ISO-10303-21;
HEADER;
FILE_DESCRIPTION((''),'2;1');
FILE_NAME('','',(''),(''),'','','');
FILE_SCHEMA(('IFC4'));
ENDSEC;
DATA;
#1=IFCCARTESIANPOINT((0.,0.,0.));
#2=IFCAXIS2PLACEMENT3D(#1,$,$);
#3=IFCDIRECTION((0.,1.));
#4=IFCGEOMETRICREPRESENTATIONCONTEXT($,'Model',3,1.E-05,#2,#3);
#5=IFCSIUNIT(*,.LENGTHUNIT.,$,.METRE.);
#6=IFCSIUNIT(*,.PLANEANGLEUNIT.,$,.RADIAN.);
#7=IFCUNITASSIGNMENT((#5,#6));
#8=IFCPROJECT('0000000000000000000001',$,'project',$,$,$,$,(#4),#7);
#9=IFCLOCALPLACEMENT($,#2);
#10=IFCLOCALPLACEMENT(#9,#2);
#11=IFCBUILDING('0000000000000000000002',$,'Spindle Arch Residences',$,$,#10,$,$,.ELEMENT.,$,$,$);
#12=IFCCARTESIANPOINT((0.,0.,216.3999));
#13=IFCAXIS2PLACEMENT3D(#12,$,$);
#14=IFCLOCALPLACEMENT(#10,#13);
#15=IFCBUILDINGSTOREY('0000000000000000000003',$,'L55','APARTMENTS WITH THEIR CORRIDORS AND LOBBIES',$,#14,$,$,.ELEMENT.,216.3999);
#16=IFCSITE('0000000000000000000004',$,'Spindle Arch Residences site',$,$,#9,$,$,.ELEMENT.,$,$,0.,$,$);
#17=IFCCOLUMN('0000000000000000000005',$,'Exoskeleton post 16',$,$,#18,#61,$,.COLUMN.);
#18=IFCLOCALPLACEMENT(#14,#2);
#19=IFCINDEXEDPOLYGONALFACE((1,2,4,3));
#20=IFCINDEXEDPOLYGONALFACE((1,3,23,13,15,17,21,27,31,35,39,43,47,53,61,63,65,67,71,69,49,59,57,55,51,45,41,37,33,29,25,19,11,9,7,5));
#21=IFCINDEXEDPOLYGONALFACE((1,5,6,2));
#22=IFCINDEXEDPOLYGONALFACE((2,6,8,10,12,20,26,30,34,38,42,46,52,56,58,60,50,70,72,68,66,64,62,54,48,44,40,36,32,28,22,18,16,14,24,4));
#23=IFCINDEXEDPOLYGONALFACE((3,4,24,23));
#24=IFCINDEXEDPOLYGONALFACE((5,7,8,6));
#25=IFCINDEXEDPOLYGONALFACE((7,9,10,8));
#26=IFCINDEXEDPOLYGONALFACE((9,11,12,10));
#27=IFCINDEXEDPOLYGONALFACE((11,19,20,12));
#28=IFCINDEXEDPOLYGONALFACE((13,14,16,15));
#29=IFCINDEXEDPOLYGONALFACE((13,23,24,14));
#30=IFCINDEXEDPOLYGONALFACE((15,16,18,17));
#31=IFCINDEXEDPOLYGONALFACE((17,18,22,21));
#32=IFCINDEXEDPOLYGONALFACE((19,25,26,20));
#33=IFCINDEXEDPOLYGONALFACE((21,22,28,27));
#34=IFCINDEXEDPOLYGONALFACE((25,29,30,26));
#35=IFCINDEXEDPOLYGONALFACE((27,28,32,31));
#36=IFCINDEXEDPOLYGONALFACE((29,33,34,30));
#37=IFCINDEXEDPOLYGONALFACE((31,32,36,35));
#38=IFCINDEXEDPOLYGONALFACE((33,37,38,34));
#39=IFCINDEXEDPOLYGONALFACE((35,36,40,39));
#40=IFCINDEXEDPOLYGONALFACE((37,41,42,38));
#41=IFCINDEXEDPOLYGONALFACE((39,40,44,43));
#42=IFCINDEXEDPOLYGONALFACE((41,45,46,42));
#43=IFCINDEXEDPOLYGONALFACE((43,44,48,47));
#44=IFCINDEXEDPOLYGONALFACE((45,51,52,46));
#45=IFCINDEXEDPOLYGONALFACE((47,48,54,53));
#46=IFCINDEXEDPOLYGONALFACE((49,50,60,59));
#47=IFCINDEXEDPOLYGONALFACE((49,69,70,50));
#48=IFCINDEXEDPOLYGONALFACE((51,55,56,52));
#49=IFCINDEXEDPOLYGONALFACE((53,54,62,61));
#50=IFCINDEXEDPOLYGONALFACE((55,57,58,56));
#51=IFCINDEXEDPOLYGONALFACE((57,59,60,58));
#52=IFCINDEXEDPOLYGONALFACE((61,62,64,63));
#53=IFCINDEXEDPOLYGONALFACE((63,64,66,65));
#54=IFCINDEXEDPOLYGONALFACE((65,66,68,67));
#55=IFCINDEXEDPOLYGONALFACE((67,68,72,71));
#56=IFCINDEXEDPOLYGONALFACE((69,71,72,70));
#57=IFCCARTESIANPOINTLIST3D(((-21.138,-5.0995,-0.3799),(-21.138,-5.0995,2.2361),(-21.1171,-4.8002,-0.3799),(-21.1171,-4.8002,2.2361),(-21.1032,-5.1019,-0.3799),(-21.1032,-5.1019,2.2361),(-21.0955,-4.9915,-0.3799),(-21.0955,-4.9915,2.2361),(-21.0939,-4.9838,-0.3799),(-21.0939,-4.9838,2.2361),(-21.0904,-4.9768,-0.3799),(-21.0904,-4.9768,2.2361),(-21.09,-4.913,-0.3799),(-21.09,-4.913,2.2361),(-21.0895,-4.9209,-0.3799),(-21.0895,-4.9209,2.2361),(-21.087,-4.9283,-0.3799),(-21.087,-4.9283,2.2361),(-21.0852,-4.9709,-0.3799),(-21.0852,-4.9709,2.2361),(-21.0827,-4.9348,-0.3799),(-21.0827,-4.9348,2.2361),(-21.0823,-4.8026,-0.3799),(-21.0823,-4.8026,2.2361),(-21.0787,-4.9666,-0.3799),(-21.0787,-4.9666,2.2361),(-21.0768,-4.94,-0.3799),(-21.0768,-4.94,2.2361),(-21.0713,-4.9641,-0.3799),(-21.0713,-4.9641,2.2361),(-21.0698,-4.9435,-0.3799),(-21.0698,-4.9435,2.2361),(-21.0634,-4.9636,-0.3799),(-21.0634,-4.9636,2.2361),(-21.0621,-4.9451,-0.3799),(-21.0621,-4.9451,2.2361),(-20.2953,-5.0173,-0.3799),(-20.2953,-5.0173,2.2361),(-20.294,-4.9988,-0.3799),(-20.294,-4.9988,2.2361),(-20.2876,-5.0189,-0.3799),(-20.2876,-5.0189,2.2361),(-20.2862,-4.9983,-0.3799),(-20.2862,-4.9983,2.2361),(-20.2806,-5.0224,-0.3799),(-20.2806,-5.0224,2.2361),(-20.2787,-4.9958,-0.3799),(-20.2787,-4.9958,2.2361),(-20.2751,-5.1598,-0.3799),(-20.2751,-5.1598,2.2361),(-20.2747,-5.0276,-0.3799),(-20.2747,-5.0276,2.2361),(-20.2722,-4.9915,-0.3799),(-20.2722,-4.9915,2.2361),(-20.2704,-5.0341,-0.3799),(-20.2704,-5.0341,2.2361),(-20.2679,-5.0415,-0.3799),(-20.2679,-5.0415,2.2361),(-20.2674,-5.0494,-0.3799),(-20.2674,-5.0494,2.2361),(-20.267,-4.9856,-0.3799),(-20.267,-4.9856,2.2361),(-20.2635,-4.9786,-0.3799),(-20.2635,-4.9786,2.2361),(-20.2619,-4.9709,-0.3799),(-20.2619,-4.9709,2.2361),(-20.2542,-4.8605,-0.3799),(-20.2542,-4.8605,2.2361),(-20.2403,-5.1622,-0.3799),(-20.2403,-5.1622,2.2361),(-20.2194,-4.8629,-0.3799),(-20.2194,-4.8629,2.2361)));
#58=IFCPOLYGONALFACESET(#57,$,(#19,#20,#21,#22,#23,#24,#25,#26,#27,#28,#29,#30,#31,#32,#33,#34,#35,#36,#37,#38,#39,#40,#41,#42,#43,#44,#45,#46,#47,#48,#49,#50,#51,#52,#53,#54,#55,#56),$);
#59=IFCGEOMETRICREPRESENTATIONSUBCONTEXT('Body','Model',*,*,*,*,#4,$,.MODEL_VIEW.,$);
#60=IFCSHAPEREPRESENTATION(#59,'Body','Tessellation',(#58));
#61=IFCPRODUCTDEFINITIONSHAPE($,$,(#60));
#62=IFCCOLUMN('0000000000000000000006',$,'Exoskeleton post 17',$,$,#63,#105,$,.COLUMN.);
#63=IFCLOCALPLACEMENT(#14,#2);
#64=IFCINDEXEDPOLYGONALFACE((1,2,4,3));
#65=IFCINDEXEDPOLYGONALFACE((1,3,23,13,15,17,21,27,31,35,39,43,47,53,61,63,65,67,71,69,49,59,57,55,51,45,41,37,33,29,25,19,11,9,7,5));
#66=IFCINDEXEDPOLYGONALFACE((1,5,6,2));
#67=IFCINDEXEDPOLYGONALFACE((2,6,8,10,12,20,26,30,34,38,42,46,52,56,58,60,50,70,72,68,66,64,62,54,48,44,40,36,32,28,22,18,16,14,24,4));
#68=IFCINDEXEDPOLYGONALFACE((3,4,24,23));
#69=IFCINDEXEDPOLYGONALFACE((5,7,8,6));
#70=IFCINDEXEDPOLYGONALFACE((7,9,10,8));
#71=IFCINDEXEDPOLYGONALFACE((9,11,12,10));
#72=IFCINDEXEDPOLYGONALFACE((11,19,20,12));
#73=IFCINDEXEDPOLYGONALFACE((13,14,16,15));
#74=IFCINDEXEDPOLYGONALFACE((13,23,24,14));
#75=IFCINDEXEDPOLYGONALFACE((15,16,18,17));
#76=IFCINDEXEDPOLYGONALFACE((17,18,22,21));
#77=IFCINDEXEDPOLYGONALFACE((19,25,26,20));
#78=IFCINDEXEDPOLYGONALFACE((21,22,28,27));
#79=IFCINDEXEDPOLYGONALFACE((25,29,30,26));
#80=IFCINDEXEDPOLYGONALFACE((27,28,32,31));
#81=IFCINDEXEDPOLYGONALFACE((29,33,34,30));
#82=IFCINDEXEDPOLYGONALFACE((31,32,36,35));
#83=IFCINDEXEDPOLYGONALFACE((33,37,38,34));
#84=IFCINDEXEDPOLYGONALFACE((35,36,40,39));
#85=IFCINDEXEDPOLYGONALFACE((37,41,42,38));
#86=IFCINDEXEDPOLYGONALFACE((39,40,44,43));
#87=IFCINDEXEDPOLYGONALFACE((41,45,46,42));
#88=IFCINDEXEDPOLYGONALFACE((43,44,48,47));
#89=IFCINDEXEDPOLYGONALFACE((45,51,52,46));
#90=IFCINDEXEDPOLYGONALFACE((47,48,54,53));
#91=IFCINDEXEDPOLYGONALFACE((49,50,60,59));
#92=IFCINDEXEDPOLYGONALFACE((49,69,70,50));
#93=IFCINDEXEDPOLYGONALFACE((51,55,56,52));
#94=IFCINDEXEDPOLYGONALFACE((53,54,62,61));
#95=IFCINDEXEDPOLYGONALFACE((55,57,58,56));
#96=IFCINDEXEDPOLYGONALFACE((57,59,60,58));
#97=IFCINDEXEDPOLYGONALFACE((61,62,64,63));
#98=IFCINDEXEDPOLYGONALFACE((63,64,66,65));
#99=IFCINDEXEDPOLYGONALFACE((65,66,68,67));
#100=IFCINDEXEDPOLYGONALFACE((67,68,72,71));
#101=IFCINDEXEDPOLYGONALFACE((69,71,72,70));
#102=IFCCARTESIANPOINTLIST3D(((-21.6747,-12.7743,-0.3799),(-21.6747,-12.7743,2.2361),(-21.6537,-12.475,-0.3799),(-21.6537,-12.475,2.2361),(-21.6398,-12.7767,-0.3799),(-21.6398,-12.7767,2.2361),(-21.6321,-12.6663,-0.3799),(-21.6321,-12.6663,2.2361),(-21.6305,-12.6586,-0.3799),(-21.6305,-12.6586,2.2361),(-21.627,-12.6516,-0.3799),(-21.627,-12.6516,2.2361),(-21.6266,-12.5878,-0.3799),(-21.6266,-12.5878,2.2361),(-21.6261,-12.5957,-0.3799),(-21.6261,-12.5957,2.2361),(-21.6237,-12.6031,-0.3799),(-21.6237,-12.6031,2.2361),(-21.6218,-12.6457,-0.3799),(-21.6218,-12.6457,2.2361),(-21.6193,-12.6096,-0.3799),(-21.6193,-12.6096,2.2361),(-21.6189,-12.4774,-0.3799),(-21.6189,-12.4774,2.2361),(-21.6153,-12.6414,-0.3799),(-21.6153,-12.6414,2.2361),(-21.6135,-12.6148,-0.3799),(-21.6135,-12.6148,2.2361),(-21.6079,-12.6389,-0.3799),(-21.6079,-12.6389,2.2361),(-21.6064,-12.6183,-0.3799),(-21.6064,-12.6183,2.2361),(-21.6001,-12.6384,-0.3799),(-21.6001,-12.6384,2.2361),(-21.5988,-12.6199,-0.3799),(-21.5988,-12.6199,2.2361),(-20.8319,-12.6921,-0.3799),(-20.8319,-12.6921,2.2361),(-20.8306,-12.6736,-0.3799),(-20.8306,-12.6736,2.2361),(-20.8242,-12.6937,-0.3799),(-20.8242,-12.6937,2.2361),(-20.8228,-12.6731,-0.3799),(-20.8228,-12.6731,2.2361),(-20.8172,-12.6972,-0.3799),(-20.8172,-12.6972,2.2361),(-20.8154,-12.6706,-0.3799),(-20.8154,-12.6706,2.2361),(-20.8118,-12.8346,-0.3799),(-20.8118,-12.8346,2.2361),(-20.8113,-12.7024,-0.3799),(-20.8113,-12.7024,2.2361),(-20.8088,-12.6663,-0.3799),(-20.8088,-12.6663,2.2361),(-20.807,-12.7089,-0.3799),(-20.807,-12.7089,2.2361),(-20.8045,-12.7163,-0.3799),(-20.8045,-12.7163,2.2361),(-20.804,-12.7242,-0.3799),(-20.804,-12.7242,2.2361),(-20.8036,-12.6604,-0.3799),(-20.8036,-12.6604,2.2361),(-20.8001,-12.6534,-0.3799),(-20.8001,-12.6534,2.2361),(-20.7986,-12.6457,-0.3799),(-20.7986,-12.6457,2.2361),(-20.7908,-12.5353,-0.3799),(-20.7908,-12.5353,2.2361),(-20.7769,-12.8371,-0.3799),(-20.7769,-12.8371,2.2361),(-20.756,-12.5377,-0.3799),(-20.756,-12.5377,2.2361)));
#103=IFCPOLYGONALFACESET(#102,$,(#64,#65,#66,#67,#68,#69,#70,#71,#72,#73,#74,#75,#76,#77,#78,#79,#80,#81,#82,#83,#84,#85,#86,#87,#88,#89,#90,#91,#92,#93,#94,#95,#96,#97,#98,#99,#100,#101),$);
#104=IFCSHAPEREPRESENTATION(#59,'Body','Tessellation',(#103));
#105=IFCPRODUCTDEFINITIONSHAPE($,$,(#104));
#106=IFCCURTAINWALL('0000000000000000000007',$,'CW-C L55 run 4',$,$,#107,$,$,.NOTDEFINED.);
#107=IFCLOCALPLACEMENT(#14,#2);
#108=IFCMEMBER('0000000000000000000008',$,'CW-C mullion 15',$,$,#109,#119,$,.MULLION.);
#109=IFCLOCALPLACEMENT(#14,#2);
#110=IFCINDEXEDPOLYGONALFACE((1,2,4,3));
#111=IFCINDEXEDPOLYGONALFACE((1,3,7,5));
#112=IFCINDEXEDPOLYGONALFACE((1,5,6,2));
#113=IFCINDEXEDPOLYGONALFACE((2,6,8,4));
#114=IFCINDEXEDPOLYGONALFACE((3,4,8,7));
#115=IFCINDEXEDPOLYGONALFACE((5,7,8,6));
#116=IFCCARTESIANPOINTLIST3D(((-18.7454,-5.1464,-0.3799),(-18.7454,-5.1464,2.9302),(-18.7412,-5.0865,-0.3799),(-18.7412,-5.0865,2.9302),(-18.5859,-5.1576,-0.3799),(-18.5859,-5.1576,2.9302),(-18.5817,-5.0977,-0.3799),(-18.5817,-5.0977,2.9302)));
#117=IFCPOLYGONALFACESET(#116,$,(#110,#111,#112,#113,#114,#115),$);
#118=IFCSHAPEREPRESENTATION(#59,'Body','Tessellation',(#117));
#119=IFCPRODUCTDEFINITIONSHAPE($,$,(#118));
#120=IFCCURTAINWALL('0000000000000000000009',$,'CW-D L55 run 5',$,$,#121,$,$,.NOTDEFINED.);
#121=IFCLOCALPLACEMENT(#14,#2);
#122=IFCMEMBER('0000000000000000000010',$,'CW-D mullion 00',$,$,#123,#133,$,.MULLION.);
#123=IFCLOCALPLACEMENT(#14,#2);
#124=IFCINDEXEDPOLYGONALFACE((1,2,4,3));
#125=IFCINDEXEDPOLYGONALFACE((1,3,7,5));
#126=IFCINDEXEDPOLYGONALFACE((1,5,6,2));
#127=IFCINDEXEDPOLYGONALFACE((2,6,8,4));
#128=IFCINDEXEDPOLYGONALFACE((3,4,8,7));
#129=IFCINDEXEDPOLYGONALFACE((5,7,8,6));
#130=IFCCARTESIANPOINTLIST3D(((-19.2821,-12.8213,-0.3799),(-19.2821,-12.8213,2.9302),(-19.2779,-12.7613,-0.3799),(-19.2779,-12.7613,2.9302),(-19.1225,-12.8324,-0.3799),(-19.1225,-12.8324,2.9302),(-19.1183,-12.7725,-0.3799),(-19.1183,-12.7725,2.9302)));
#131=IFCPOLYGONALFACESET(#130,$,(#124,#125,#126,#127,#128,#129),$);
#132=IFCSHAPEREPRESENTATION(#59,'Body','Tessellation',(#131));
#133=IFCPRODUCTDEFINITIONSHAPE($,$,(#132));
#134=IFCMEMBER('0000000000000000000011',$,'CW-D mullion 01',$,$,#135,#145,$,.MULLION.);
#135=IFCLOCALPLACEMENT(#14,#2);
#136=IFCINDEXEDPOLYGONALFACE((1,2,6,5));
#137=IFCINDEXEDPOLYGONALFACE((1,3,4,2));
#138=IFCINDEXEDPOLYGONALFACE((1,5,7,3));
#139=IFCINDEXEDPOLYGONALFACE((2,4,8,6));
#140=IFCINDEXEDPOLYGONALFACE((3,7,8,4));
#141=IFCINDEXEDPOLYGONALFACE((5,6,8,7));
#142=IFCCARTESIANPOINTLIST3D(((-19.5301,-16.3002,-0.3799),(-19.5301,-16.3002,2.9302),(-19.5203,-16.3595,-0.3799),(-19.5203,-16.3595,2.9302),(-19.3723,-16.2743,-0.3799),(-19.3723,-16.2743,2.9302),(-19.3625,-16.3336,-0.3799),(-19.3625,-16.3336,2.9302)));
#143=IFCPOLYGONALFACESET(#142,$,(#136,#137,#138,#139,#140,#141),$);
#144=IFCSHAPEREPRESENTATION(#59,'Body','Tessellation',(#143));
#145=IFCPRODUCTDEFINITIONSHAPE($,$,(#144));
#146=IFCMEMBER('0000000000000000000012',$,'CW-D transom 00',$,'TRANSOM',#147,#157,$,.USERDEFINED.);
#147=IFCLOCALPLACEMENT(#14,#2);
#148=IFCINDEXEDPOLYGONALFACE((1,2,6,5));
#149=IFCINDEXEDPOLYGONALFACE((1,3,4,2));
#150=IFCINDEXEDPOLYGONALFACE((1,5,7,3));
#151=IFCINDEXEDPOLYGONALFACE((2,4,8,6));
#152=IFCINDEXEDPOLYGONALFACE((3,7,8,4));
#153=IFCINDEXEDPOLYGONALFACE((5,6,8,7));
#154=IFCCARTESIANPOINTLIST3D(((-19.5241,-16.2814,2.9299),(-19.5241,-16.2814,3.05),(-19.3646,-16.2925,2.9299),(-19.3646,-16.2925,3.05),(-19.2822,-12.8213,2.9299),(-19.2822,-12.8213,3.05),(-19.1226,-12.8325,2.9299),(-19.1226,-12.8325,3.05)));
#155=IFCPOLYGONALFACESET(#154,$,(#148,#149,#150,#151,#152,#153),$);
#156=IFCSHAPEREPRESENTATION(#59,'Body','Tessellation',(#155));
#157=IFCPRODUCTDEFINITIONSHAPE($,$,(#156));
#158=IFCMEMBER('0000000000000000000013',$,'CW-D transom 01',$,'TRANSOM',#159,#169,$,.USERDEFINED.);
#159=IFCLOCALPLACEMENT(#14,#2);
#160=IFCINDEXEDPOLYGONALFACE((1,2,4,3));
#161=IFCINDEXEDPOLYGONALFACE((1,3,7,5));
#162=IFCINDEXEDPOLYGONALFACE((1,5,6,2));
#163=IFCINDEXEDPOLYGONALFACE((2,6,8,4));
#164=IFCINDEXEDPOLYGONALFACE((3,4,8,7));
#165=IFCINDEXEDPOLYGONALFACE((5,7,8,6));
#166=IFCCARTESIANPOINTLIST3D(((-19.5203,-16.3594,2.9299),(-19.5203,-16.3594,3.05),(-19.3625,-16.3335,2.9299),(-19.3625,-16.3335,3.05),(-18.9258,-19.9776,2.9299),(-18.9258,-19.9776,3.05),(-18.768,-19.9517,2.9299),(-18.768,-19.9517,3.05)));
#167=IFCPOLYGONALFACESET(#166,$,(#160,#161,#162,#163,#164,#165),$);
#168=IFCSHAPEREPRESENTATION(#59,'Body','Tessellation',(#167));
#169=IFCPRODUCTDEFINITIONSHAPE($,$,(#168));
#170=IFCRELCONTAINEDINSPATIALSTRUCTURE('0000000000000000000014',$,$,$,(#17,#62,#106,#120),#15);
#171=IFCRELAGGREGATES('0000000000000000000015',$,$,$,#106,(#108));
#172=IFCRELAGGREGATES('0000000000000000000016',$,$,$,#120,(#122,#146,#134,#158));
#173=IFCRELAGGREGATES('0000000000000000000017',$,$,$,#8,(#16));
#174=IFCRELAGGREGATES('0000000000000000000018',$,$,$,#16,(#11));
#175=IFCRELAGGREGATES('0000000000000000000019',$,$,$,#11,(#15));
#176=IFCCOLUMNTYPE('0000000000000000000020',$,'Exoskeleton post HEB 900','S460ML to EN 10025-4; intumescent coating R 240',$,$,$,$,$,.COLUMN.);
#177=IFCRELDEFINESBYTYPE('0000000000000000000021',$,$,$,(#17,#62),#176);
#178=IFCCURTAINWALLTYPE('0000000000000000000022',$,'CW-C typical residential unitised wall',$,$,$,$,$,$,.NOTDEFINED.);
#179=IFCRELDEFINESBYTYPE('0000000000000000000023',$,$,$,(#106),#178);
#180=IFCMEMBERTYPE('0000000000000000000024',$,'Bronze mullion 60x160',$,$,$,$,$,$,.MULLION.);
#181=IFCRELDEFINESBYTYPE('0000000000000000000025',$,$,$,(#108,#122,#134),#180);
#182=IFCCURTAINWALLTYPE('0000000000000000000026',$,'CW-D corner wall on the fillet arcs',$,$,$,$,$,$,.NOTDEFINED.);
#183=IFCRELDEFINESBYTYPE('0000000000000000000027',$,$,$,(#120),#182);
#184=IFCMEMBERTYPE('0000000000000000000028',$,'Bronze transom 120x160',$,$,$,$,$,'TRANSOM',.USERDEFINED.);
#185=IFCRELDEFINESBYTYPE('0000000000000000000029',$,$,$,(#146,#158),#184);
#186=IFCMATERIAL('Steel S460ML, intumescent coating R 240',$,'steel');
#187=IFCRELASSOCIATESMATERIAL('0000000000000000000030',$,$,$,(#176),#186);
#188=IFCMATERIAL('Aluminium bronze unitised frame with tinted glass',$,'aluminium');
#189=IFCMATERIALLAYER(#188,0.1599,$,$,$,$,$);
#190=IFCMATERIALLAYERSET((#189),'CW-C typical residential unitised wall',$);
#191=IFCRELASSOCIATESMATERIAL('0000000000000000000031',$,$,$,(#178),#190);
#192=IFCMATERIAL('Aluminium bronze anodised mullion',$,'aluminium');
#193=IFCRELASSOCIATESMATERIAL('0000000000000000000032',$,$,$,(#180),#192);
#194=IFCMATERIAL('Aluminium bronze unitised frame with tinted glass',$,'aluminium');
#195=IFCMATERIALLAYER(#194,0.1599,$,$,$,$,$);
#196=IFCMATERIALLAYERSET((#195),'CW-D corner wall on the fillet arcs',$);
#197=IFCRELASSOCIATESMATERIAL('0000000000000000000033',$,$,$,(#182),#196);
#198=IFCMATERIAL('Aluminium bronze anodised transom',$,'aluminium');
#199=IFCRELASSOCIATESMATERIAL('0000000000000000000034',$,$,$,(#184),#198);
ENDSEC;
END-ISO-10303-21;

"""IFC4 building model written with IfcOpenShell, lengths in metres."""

from ifc_helpers import new_model, si_unit, direction, frame, origin, origin_2d, place, context, subcontext, project, spatial, rectangle, i_section, extrude, material, layer, layer_set, material_profile, profile_set, type_object, element, aggregate, save


model = new_model("IFC4")

# Units and contexts
model_context = context("Model", 3, precision=1e-05, world=origin(), true_north=direction((0.0, 1.0)))
body_context = subcontext(model_context, "Body", "Model", "MODEL_VIEW")
ifc_project = project(units=[si_unit("LENGTHUNIT", "METRE"), si_unit("PLANEANGLEUNIT", "RADIAN")], contexts=[model_context])

# Site, building, storey
site_placement = place(None, origin())
site = spatial("IfcSite", under=ifc_project, at=site_placement, Name="Spindle Arch Residences site", CompositionType="ELEMENT", RefElevation=0.0)
building_placement = place(site_placement, origin())
building = spatial("IfcBuilding", under=site, at=building_placement, Name="Spindle Arch Residences", CompositionType="ELEMENT")
storey_placement = place(building_placement, frame((0.0, 0.0, 216.3999)))
storey = spatial("IfcBuildingStorey", under=building, at=storey_placement, Name="L55", Description="APARTMENTS WITH THEIR CORRIDORS AND LOBBIES", CompositionType="ELEMENT", Elevation=216.3999)

# Columns
ifc_material_1 = material(Name="Steel S460ML, intumescent coating R 240", Category="steel")
ifc_material_profile_1 = material_profile(ifc_material_1, i_section(OverallWidth=0.3, OverallDepth=0.8999, WebThickness=0.0186, FlangeThickness=0.0349, FilletRadius=0.03, at=origin_2d()), Name="HEB 900")
ifc_profile_set_1 = profile_set([ifc_material_profile_1], Name="Steel S460ML, intumescent coating R 240")
column_type = type_object("IfcColumnType", Name="Exoskeleton post HEB 900", Description="S460ML to EN 10025-4; intumescent coating R 240", PredefinedType="COLUMN", material=ifc_profile_set_1)
for number, where, z_axis, x_axis, name in (
    (1, (-20.6787, -4.9812, -0.3799), (0.0, 0.0, 1.0), (0.069756, 0.997564, 0.0), "Exoskeleton post 16"),
    (2, (-21.2153, -12.656, -0.3799), (0.0, 0.0, 1.0), (0.069756, 0.997564, 0.0), "Exoskeleton post 17"),
):
    element("IfcColumn", number, at=place(storey_placement, frame(where, z_axis=z_axis, x_axis=x_axis)), inside=storey, type_object=column_type, Name=name, PredefinedType="COLUMN", context=body_context, shape_type="SweptSolid", body=[
        extrude(i_section(OverallWidth=0.3, OverallDepth=0.8999, WebThickness=0.0186, FlangeThickness=0.0349, FilletRadius=0.03, at=origin_2d()), origin(), (0.0, 0.0, 1.0), 2.616),
    ])

# Curtain wall, member
ifc_material_2 = material(Name="Aluminium bronze unitised frame with tinted glass", Category="aluminium")
ifc_layer_1 = layer(ifc_material_2, 0.1599)
ifc_layer_set_1 = layer_set([ifc_layer_1], Name="CW-C typical residential unitised wall")
curtain_wall_type_1 = type_object("IfcCurtainWallType", Name="CW-C typical residential unitised wall", PredefinedType="NOTDEFINED", material=ifc_layer_set_1)
curtain_wall_1_placement = place(storey_placement, origin())
curtain_wall_1 = element("IfcCurtainWall", 3, at=curtain_wall_1_placement, inside=storey, type_object=curtain_wall_type_1, Name="CW-C L55 run 4", PredefinedType="NOTDEFINED")
ifc_material_3 = material(Name="Aluminium bronze anodised mullion", Category="aluminium")
ifc_material_profile_2 = material_profile(ifc_material_3, rectangle(XDim=0.1599, YDim=0.0601, at=origin_2d()), Name="MU 60x160")
ifc_profile_set_2 = profile_set([ifc_material_profile_2], Name="Aluminium bronze anodised mullion")
member_type_1 = type_object("IfcMemberType", Name="Bronze mullion 60x160", PredefinedType="MULLION", material=ifc_profile_set_2)
member_1_placement = place(storey_placement, frame((-18.6636, -5.1221, -0.3799), z_axis=(0.0, 0.0, 1.0), x_axis=(0.997564, -0.069756, 0.0)))
member_1 = element("IfcMember", 4, at=member_1_placement, type_object=member_type_1, Name="CW-C mullion 15", PredefinedType="MULLION", context=body_context, shape_type="SweptSolid", body=[
    extrude(rectangle(XDim=0.1599, YDim=0.0601, at=origin_2d()), origin(), (0.0, 0.0, 1.0), 3.3101),
])

# Curtain wall, members
ifc_material_4 = material(Name="Aluminium bronze unitised frame with tinted glass", Category="aluminium")
ifc_layer_2 = layer(ifc_material_4, 0.1599)
ifc_layer_set_2 = layer_set([ifc_layer_2], Name="CW-D corner wall on the fillet arcs")
curtain_wall_type_2 = type_object("IfcCurtainWallType", Name="CW-D corner wall on the fillet arcs", PredefinedType="NOTDEFINED", material=ifc_layer_set_2)
curtain_wall_2_placement = place(storey_placement, origin())
curtain_wall_2 = element("IfcCurtainWall", 5, at=curtain_wall_2_placement, inside=storey, type_object=curtain_wall_type_2, Name="CW-D L55 run 5", PredefinedType="NOTDEFINED")
member_2_placement = place(storey_placement, frame((-19.2002, -12.7969, -0.3799), z_axis=(0.0, 0.0, 1.0), x_axis=(0.997564, -0.069756, 0.0)))
member_2 = element("IfcMember", 6, at=member_2_placement, type_object=member_type_1, Name="CW-D mullion 00", PredefinedType="MULLION", context=body_context, shape_type="SweptSolid", body=[
    extrude(rectangle(XDim=0.1599, YDim=0.0601, at=origin_2d()), origin(), (0.0, 0.0, 1.0), 3.3101),
])
member_3_placement = place(storey_placement, frame((-19.4463, -16.3169, -0.3799), z_axis=(0.0, 0.0, 1.0), x_axis=(0.986762, 0.162178, 0.0)))
member_3 = element("IfcMember", 7, at=member_3_placement, type_object=member_type_1, Name="CW-D mullion 01", PredefinedType="MULLION", context=body_context, shape_type="SweptSolid", body=[
    extrude(rectangle(XDim=0.1599, YDim=0.0601, at=origin_2d()), origin(), (0.0, 0.0, 1.0), 3.3101),
])
ifc_material_5 = material(Name="Aluminium bronze anodised transom", Category="aluminium")
ifc_material_profile_3 = material_profile(ifc_material_5, rectangle(XDim=0.1599, YDim=0.1201, at=origin_2d()), Name="TR 120x160")
ifc_profile_set_3 = profile_set([ifc_material_profile_3], Name="Aluminium bronze anodised transom")
member_type_2 = type_object("IfcMemberType", Name="Bronze transom 120x160", ElementType="TRANSOM", PredefinedType="USERDEFINED", material=ifc_profile_set_3)
member_4_placement = place(storey_placement, frame((-19.2024, -12.8269, 2.99), z_axis=(-0.069756, -0.997564, 0.0), x_axis=(0.997564, -0.069756, 0.0)))
member_4 = element("IfcMember", 8, at=member_4_placement, type_object=member_type_2, Name="CW-D transom 00", ObjectType="TRANSOM", PredefinedType="USERDEFINED", context=body_context, shape_type="SweptSolid", body=[
    extrude(rectangle(XDim=0.1599, YDim=0.1201, at=origin_2d()), origin(), (0.0, 0.0, 1.0), 3.4685),
])
member_5_placement = place(storey_placement, frame((-19.4414, -16.3464, 2.99), z_axis=(0.162131, -0.986769, 0.0), x_axis=(0.986769, 0.162131, 0.0)))
member_5 = element("IfcMember", 9, at=member_5_placement, type_object=member_type_2, Name="CW-D transom 01", ObjectType="TRANSOM", PredefinedType="USERDEFINED", context=body_context, shape_type="SweptSolid", body=[
    extrude(rectangle(XDim=0.1599, YDim=0.1201, at=origin_2d()), origin(), (0.0, 0.0, 1.0), 3.6667),
])

aggregate(curtain_wall_1, [member_1])
aggregate(curtain_wall_2, [member_2, member_4, member_3, member_5])

save(model, "model.ifc")
